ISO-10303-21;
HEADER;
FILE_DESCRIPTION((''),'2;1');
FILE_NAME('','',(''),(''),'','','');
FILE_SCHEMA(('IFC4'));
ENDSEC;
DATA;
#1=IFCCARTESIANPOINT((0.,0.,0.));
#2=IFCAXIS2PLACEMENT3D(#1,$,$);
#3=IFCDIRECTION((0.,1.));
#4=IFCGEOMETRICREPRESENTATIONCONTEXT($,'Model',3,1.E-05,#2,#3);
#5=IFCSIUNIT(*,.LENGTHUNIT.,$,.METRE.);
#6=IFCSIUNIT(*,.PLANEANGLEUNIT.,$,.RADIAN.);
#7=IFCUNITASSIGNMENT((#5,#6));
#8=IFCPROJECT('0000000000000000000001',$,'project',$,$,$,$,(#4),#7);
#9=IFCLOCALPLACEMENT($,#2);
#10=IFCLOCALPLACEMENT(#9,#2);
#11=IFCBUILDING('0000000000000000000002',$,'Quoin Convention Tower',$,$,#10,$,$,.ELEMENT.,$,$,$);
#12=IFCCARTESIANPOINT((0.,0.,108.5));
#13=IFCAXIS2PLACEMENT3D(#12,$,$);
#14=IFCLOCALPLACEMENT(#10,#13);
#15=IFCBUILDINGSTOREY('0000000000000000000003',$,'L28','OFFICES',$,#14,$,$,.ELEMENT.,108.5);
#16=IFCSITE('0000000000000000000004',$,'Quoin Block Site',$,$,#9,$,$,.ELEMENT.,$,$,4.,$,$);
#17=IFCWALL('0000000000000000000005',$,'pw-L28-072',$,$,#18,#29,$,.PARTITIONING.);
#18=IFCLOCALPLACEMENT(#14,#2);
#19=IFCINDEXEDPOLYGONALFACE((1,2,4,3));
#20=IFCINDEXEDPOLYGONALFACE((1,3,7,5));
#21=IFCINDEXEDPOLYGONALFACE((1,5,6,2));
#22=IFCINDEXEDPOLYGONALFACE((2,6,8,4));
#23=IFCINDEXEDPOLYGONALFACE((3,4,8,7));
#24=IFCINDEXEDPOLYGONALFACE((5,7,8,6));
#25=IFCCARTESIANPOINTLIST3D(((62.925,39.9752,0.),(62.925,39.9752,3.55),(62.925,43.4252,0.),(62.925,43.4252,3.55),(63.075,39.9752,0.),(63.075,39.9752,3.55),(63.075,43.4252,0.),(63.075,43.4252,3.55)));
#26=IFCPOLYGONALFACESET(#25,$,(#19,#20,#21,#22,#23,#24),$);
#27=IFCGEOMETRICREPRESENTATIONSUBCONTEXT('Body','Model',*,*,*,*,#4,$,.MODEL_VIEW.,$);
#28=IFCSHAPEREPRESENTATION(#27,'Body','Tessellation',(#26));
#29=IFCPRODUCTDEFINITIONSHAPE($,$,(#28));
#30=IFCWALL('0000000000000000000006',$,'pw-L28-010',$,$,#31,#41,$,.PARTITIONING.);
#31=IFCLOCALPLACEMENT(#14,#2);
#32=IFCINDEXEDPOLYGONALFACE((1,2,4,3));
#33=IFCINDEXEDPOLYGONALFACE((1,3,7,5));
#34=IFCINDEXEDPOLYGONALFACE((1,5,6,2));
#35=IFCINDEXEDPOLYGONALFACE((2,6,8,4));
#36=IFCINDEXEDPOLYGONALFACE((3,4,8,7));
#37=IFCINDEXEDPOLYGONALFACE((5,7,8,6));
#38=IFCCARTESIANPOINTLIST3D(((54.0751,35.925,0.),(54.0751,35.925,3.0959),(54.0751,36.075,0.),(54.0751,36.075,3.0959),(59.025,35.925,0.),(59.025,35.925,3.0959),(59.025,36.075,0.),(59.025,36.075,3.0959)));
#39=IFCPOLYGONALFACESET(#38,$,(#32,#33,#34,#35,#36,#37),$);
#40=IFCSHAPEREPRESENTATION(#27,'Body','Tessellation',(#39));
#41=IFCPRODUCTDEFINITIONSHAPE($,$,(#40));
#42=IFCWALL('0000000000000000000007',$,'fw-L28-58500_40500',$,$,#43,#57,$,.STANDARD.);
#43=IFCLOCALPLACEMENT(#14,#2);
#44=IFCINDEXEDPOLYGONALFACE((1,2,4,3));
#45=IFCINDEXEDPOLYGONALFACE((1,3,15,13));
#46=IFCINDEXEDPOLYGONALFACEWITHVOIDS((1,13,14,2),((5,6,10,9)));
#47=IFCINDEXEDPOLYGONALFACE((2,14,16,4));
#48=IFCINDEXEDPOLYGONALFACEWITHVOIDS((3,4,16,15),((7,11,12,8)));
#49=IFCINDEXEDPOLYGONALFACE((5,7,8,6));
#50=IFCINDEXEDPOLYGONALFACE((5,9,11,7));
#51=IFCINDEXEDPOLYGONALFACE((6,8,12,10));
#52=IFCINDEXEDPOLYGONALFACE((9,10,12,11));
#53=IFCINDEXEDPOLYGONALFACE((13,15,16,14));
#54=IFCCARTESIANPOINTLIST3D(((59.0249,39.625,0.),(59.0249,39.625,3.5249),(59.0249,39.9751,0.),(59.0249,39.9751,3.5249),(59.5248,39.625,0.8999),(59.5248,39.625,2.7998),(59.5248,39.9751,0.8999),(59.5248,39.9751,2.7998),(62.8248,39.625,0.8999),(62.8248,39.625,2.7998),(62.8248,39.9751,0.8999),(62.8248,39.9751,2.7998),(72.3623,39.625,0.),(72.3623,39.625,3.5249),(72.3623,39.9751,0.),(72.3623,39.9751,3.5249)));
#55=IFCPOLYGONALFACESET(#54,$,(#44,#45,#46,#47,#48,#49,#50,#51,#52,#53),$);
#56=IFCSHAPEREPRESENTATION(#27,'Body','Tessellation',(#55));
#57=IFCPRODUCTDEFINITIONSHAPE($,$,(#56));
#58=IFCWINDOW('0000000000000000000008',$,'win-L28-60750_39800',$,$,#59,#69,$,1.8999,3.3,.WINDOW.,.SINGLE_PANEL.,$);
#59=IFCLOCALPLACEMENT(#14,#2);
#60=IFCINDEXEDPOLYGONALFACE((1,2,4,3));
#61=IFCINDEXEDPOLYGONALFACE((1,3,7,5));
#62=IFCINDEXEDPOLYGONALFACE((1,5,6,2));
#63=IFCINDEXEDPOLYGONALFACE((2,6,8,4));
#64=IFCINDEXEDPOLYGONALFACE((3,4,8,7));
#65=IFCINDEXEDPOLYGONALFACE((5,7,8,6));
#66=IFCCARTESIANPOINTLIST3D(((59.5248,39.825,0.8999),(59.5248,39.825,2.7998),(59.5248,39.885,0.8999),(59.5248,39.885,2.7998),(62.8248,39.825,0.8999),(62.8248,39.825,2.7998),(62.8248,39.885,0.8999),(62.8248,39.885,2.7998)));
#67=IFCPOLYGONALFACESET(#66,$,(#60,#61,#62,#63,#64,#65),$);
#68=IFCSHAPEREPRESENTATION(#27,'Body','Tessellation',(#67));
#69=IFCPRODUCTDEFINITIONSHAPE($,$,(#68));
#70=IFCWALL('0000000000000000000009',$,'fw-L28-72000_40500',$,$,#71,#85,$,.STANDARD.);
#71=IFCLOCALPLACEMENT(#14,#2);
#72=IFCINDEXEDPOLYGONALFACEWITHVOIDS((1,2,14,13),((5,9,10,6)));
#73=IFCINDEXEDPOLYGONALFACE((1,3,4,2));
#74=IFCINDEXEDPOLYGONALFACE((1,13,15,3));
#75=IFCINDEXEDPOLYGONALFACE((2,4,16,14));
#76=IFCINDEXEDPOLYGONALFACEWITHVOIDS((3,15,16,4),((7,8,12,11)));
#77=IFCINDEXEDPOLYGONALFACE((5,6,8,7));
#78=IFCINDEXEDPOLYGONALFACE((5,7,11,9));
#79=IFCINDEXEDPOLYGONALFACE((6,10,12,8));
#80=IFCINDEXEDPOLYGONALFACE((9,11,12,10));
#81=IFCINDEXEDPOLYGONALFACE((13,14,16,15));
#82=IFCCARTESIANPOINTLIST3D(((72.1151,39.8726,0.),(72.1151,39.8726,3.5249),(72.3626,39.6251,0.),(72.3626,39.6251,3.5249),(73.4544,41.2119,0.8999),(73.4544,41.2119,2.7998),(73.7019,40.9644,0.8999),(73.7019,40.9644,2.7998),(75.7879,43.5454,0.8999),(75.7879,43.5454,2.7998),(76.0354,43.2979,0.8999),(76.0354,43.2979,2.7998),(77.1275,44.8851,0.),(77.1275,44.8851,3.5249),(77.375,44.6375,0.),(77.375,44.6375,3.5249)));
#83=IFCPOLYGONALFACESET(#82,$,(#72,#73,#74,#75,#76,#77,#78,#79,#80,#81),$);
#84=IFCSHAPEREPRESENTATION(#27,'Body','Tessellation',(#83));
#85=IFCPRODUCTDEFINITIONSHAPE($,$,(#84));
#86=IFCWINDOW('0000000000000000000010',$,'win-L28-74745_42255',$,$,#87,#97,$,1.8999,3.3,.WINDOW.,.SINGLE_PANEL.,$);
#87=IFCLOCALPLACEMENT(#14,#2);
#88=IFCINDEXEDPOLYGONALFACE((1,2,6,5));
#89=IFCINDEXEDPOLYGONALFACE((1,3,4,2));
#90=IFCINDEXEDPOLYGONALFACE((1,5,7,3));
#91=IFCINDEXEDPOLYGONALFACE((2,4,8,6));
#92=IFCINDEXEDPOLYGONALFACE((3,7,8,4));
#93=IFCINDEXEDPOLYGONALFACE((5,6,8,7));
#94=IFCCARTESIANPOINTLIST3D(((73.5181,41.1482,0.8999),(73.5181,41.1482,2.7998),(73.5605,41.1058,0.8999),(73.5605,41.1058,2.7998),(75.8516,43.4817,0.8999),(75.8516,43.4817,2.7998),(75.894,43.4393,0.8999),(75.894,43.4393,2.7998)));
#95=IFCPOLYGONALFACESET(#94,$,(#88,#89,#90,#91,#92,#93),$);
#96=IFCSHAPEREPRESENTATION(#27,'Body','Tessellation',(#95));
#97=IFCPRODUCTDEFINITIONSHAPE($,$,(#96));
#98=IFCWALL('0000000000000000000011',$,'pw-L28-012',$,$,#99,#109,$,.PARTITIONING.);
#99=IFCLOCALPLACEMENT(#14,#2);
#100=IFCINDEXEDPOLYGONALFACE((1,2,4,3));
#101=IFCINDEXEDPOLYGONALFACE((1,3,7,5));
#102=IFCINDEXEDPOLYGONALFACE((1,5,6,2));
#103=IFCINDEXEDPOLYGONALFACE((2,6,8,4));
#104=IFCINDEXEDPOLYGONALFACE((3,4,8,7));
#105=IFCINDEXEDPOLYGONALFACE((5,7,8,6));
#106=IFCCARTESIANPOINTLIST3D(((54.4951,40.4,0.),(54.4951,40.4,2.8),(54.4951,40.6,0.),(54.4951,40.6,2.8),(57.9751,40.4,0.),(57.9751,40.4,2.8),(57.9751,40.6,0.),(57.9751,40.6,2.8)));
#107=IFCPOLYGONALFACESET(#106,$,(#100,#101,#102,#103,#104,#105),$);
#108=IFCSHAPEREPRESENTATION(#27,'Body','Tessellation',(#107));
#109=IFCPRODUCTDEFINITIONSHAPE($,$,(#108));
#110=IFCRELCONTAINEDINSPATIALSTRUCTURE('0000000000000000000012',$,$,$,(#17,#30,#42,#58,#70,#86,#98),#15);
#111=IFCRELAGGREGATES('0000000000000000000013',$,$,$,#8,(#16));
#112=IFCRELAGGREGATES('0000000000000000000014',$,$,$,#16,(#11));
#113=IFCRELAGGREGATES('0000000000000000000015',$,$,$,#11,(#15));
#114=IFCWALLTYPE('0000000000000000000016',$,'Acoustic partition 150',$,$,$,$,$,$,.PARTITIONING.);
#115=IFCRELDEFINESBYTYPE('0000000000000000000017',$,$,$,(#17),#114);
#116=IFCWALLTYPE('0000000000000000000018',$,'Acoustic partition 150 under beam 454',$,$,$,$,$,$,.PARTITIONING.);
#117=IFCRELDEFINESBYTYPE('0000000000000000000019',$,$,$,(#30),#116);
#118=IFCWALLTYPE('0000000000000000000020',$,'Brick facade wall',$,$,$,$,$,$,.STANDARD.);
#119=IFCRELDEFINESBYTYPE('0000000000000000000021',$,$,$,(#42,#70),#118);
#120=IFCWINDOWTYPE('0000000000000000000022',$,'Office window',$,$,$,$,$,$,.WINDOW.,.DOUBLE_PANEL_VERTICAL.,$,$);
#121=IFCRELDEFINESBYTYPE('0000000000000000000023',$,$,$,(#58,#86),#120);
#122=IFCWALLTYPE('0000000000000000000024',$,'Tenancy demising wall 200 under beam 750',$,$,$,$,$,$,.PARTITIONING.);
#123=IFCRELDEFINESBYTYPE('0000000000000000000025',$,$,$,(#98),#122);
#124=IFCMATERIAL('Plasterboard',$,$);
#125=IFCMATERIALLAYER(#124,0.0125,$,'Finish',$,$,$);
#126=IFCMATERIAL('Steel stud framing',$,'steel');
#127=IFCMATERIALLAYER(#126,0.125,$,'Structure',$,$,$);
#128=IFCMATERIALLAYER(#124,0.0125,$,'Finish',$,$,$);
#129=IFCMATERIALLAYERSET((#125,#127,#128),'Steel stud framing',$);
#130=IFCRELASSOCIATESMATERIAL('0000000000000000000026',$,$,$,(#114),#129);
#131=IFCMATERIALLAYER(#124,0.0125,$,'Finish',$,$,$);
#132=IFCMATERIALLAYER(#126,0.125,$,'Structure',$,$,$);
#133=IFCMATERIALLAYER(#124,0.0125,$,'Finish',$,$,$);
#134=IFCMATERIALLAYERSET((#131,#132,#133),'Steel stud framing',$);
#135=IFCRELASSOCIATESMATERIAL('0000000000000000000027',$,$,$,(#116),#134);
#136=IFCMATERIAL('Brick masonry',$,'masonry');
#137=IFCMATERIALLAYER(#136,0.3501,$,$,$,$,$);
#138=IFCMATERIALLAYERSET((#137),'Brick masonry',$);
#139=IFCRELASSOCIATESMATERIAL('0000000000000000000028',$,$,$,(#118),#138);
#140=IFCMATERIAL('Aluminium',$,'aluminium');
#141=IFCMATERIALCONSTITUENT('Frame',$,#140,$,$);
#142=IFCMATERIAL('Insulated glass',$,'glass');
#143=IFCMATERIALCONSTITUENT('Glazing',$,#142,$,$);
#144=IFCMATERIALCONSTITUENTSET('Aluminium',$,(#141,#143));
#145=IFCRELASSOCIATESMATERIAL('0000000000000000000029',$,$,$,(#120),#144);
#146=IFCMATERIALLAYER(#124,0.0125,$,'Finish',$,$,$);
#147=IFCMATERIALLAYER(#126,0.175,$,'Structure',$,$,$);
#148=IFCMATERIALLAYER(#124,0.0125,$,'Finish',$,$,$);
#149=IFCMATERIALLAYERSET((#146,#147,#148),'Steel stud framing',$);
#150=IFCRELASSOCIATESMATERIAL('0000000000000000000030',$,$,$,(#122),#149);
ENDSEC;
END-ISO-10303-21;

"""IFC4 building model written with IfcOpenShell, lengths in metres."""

from ifc_helpers import new_model, si_unit, direction, frame, frame_2d, origin, place, context, subcontext, project, spatial, rectangle, extrude, material, layer, layer_set, constituent, constituent_set, type_object, element, fill, save


model = new_model("IFC4")

# Units and contexts
model_context = context("Model", 3, precision=1e-05, world=origin(), true_north=direction((0.0, 1.0)))
body_context = subcontext(model_context, "Body", "Model", "MODEL_VIEW")
ifc_project = project(units=[si_unit("LENGTHUNIT", "METRE"), si_unit("PLANEANGLEUNIT", "RADIAN")], contexts=[model_context])

# Site, building, storey
site_placement = place(None, origin())
site = spatial("IfcSite", under=ifc_project, at=site_placement, Name="Quoin Block Site", CompositionType="ELEMENT", RefElevation=4.0)
building_placement = place(site_placement, origin())
building = spatial("IfcBuilding", under=site, at=building_placement, Name="Quoin Convention Tower", CompositionType="ELEMENT")
storey_placement = place(building_placement, frame((0.0, 0.0, 108.5)))
storey = spatial("IfcBuildingStorey", under=building, at=storey_placement, Name="L28", Description="OFFICES", CompositionType="ELEMENT", Elevation=108.5)

# Shared definitions
ifc_material_1 = material(Name="Plasterboard")
ifc_layer_1 = layer(ifc_material_1, 0.0125, Name="Finish")
ifc_material_2 = material(Name="Steel stud framing", Category="steel")
ifc_layer_2 = layer(ifc_material_2, 0.125, Name="Structure")
ifc_layer_3 = layer(ifc_material_1, 0.0125, Name="Finish")
ifc_layer_set_1 = layer_set([ifc_layer_1, ifc_layer_2, ifc_layer_3], Name="Steel stud framing")
wall_type_1 = type_object("IfcWallType", Name="Acoustic partition 150", PredefinedType="PARTITIONING", material=ifc_layer_set_1)

# Walls
wall_1_placement = place(storey_placement, frame((63.0, 39.9751, 0.0), z_axis=(0.0, 0.0, 1.0), x_axis=(0.0, 1.0, 0.0)))
element("IfcWall", 1, at=wall_1_placement, inside=storey, type_object=wall_type_1, Name="pw-L28-072", PredefinedType="PARTITIONING", context=body_context, shape_type="SweptSolid", body=[
    extrude(rectangle(XDim=3.45, YDim=0.1499, at=frame_2d((1.7251, 0.0))), origin(), (0.0, 0.0, 1.0), 3.55),
])
ifc_layer_4 = layer(ifc_material_1, 0.0125, Name="Finish")
ifc_layer_5 = layer(ifc_material_2, 0.125, Name="Structure")
ifc_layer_6 = layer(ifc_material_1, 0.0125, Name="Finish")
ifc_layer_set_2 = layer_set([ifc_layer_4, ifc_layer_5, ifc_layer_6], Name="Steel stud framing")
wall_type_2 = type_object("IfcWallType", Name="Acoustic partition 150 under beam 454", PredefinedType="PARTITIONING", material=ifc_layer_set_2)
wall_2_placement = place(storey_placement, frame((54.075, 36.0, 0.0), z_axis=(0.0, 0.0, 1.0), x_axis=(1.0, 0.0, 0.0)))
element("IfcWall", 2, at=wall_2_placement, inside=storey, type_object=wall_type_2, Name="pw-L28-010", PredefinedType="PARTITIONING", context=body_context, shape_type="SweptSolid", body=[
    extrude(rectangle(XDim=4.95, YDim=0.1499, at=frame_2d((2.4751, 0.0))), origin(), (0.0, 0.0, 1.0), 3.0959),
])

# Walls, openings, windows
ifc_material_3 = material(Name="Brick masonry", Category="masonry")
ifc_layer_7 = layer(ifc_material_3, 0.3501)
ifc_layer_set_3 = layer_set([ifc_layer_7], Name="Brick masonry")
wall_type_3 = type_object("IfcWallType", Name="Brick facade wall", PredefinedType="STANDARD", material=ifc_layer_set_3)
wall_3_placement = place(storey_placement, frame((59.0249, 39.8, 0.0), z_axis=(0.0, 0.0, 1.0), x_axis=(1.0, 0.0, 0.0)))
wall_3 = element("IfcWall", 3, at=wall_3_placement, inside=storey, type_object=wall_type_3, Name="fw-L28-58500_40500", PredefinedType="STANDARD", context=body_context, shape_type="SweptSolid", body=[
    extrude(rectangle(XDim=13.3374, YDim=0.3501, at=frame_2d((6.6687, 0.0))), origin(), (0.0, 0.0, 1.0), 3.5249),
])
opening_1_placement = place(wall_3_placement, frame((0.5, 0.0, 0.8999)))
opening_1 = element("IfcOpeningElement", 4, at=opening_1_placement, cuts=wall_3, PredefinedType="OPENING", context=body_context, shape_type="SweptSolid", body=[
    extrude(rectangle(XDim=3.3, YDim=1.8999, at=frame_2d((1.6499, 0.95))), frame((0.0, 0.1851, 0.0), z_axis=(0.0, -1.0, 0.0), x_axis=(1.0, 0.0, 0.0)), (0.0, 0.0, 1.0), 0.3701),
])
ifc_material_4 = material(Name="Aluminium", Category="aluminium")
ifc_constituent_1 = constituent(ifc_material_4, Name="Frame")
ifc_material_5 = material(Name="Insulated glass", Category="glass")
ifc_constituent_2 = constituent(ifc_material_5, Name="Glazing")
ifc_constituent_set = constituent_set(constituents=[ifc_constituent_1, ifc_constituent_2], Name="Aluminium")
window_type = type_object("IfcWindowType", Name="Office window", PartitioningType="DOUBLE_PANEL_VERTICAL", PredefinedType="WINDOW", material=ifc_constituent_set)
window_1_placement = place(opening_1_placement, origin())
window_1 = element("IfcWindow", 5, at=window_1_placement, inside=storey, type_object=window_type, Name="win-L28-60750_39800", OverallHeight=1.8999, OverallWidth=3.3, PartitioningType="SINGLE_PANEL", PredefinedType="WINDOW", context=body_context, shape_type="SweptSolid", body=[
    extrude(rectangle(XDim=3.3, YDim=1.8999, at=frame_2d((1.6499, 0.95))), frame((0.0, 0.085, 0.0), z_axis=(0.0, -1.0, 0.0), x_axis=(1.0, 0.0, 0.0)), (0.0, 0.0, 1.0), 0.0601),
])
fill(opening_1, window_1)
wall_4_placement = place(storey_placement, frame((72.2388, 39.7488, 0.0), z_axis=(0.0, 0.0, 1.0), x_axis=(0.707107, 0.707107, 0.0)))
wall_4 = element("IfcWall", 6, at=wall_4_placement, inside=storey, type_object=wall_type_3, Name="fw-L28-72000_40500", PredefinedType="STANDARD", context=body_context, shape_type="SweptSolid", body=[
    extrude(rectangle(XDim=7.0886, YDim=0.3501, at=frame_2d((3.5444, 0.0))), origin(), (0.0, 0.0, 1.0), 3.5249),
])
opening_2_placement = place(wall_4_placement, frame((1.8943, 0.0, 0.8999)))
opening_2 = element("IfcOpeningElement", 7, at=opening_2_placement, cuts=wall_4, PredefinedType="OPENING", context=body_context, shape_type="SweptSolid", body=[
    extrude(rectangle(XDim=3.3, YDim=1.8999, at=frame_2d((1.6499, 0.95))), frame((0.0, 0.1851, 0.0), z_axis=(0.0, -1.0, 0.0), x_axis=(1.0, 0.0, 0.0)), (0.0, 0.0, 1.0), 0.3701),
])
window_2_placement = place(opening_2_placement, origin())
window_2 = element("IfcWindow", 8, at=window_2_placement, inside=storey, type_object=window_type, Name="win-L28-74745_42255", OverallHeight=1.8999, OverallWidth=3.3, PartitioningType="SINGLE_PANEL", PredefinedType="WINDOW", context=body_context, shape_type="SweptSolid", body=[
    extrude(rectangle(XDim=3.3, YDim=1.8999, at=frame_2d((1.6499, 0.95))), frame((0.0, 0.085, 0.0), z_axis=(0.0, -1.0, 0.0), x_axis=(1.0, 0.0, 0.0)), (0.0, 0.0, 1.0), 0.0601),
])
fill(opening_2, window_2)

# Wall
ifc_layer_8 = layer(ifc_material_1, 0.0125, Name="Finish")
ifc_layer_9 = layer(ifc_material_2, 0.175, Name="Structure")
ifc_layer_10 = layer(ifc_material_1, 0.0125, Name="Finish")
ifc_layer_set_4 = layer_set([ifc_layer_8, ifc_layer_9, ifc_layer_10], Name="Steel stud framing")
wall_type_4 = type_object("IfcWallType", Name="Tenancy demising wall 200 under beam 750", PredefinedType="PARTITIONING", material=ifc_layer_set_4)
wall_5_placement = place(storey_placement, frame((54.4951, 40.5, 0.0), z_axis=(0.0, 0.0, 1.0), x_axis=(1.0, 0.0, 0.0)))
element("IfcWall", 9, at=wall_5_placement, inside=storey, type_object=wall_type_4, Name="pw-L28-012", PredefinedType="PARTITIONING", context=body_context, shape_type="SweptSolid", body=[
    extrude(rectangle(XDim=3.48, YDim=0.2, at=frame_2d((1.74, 0.0))), origin(), (0.0, 0.0, 1.0), 2.8),
])

save(model, "model.ifc")
